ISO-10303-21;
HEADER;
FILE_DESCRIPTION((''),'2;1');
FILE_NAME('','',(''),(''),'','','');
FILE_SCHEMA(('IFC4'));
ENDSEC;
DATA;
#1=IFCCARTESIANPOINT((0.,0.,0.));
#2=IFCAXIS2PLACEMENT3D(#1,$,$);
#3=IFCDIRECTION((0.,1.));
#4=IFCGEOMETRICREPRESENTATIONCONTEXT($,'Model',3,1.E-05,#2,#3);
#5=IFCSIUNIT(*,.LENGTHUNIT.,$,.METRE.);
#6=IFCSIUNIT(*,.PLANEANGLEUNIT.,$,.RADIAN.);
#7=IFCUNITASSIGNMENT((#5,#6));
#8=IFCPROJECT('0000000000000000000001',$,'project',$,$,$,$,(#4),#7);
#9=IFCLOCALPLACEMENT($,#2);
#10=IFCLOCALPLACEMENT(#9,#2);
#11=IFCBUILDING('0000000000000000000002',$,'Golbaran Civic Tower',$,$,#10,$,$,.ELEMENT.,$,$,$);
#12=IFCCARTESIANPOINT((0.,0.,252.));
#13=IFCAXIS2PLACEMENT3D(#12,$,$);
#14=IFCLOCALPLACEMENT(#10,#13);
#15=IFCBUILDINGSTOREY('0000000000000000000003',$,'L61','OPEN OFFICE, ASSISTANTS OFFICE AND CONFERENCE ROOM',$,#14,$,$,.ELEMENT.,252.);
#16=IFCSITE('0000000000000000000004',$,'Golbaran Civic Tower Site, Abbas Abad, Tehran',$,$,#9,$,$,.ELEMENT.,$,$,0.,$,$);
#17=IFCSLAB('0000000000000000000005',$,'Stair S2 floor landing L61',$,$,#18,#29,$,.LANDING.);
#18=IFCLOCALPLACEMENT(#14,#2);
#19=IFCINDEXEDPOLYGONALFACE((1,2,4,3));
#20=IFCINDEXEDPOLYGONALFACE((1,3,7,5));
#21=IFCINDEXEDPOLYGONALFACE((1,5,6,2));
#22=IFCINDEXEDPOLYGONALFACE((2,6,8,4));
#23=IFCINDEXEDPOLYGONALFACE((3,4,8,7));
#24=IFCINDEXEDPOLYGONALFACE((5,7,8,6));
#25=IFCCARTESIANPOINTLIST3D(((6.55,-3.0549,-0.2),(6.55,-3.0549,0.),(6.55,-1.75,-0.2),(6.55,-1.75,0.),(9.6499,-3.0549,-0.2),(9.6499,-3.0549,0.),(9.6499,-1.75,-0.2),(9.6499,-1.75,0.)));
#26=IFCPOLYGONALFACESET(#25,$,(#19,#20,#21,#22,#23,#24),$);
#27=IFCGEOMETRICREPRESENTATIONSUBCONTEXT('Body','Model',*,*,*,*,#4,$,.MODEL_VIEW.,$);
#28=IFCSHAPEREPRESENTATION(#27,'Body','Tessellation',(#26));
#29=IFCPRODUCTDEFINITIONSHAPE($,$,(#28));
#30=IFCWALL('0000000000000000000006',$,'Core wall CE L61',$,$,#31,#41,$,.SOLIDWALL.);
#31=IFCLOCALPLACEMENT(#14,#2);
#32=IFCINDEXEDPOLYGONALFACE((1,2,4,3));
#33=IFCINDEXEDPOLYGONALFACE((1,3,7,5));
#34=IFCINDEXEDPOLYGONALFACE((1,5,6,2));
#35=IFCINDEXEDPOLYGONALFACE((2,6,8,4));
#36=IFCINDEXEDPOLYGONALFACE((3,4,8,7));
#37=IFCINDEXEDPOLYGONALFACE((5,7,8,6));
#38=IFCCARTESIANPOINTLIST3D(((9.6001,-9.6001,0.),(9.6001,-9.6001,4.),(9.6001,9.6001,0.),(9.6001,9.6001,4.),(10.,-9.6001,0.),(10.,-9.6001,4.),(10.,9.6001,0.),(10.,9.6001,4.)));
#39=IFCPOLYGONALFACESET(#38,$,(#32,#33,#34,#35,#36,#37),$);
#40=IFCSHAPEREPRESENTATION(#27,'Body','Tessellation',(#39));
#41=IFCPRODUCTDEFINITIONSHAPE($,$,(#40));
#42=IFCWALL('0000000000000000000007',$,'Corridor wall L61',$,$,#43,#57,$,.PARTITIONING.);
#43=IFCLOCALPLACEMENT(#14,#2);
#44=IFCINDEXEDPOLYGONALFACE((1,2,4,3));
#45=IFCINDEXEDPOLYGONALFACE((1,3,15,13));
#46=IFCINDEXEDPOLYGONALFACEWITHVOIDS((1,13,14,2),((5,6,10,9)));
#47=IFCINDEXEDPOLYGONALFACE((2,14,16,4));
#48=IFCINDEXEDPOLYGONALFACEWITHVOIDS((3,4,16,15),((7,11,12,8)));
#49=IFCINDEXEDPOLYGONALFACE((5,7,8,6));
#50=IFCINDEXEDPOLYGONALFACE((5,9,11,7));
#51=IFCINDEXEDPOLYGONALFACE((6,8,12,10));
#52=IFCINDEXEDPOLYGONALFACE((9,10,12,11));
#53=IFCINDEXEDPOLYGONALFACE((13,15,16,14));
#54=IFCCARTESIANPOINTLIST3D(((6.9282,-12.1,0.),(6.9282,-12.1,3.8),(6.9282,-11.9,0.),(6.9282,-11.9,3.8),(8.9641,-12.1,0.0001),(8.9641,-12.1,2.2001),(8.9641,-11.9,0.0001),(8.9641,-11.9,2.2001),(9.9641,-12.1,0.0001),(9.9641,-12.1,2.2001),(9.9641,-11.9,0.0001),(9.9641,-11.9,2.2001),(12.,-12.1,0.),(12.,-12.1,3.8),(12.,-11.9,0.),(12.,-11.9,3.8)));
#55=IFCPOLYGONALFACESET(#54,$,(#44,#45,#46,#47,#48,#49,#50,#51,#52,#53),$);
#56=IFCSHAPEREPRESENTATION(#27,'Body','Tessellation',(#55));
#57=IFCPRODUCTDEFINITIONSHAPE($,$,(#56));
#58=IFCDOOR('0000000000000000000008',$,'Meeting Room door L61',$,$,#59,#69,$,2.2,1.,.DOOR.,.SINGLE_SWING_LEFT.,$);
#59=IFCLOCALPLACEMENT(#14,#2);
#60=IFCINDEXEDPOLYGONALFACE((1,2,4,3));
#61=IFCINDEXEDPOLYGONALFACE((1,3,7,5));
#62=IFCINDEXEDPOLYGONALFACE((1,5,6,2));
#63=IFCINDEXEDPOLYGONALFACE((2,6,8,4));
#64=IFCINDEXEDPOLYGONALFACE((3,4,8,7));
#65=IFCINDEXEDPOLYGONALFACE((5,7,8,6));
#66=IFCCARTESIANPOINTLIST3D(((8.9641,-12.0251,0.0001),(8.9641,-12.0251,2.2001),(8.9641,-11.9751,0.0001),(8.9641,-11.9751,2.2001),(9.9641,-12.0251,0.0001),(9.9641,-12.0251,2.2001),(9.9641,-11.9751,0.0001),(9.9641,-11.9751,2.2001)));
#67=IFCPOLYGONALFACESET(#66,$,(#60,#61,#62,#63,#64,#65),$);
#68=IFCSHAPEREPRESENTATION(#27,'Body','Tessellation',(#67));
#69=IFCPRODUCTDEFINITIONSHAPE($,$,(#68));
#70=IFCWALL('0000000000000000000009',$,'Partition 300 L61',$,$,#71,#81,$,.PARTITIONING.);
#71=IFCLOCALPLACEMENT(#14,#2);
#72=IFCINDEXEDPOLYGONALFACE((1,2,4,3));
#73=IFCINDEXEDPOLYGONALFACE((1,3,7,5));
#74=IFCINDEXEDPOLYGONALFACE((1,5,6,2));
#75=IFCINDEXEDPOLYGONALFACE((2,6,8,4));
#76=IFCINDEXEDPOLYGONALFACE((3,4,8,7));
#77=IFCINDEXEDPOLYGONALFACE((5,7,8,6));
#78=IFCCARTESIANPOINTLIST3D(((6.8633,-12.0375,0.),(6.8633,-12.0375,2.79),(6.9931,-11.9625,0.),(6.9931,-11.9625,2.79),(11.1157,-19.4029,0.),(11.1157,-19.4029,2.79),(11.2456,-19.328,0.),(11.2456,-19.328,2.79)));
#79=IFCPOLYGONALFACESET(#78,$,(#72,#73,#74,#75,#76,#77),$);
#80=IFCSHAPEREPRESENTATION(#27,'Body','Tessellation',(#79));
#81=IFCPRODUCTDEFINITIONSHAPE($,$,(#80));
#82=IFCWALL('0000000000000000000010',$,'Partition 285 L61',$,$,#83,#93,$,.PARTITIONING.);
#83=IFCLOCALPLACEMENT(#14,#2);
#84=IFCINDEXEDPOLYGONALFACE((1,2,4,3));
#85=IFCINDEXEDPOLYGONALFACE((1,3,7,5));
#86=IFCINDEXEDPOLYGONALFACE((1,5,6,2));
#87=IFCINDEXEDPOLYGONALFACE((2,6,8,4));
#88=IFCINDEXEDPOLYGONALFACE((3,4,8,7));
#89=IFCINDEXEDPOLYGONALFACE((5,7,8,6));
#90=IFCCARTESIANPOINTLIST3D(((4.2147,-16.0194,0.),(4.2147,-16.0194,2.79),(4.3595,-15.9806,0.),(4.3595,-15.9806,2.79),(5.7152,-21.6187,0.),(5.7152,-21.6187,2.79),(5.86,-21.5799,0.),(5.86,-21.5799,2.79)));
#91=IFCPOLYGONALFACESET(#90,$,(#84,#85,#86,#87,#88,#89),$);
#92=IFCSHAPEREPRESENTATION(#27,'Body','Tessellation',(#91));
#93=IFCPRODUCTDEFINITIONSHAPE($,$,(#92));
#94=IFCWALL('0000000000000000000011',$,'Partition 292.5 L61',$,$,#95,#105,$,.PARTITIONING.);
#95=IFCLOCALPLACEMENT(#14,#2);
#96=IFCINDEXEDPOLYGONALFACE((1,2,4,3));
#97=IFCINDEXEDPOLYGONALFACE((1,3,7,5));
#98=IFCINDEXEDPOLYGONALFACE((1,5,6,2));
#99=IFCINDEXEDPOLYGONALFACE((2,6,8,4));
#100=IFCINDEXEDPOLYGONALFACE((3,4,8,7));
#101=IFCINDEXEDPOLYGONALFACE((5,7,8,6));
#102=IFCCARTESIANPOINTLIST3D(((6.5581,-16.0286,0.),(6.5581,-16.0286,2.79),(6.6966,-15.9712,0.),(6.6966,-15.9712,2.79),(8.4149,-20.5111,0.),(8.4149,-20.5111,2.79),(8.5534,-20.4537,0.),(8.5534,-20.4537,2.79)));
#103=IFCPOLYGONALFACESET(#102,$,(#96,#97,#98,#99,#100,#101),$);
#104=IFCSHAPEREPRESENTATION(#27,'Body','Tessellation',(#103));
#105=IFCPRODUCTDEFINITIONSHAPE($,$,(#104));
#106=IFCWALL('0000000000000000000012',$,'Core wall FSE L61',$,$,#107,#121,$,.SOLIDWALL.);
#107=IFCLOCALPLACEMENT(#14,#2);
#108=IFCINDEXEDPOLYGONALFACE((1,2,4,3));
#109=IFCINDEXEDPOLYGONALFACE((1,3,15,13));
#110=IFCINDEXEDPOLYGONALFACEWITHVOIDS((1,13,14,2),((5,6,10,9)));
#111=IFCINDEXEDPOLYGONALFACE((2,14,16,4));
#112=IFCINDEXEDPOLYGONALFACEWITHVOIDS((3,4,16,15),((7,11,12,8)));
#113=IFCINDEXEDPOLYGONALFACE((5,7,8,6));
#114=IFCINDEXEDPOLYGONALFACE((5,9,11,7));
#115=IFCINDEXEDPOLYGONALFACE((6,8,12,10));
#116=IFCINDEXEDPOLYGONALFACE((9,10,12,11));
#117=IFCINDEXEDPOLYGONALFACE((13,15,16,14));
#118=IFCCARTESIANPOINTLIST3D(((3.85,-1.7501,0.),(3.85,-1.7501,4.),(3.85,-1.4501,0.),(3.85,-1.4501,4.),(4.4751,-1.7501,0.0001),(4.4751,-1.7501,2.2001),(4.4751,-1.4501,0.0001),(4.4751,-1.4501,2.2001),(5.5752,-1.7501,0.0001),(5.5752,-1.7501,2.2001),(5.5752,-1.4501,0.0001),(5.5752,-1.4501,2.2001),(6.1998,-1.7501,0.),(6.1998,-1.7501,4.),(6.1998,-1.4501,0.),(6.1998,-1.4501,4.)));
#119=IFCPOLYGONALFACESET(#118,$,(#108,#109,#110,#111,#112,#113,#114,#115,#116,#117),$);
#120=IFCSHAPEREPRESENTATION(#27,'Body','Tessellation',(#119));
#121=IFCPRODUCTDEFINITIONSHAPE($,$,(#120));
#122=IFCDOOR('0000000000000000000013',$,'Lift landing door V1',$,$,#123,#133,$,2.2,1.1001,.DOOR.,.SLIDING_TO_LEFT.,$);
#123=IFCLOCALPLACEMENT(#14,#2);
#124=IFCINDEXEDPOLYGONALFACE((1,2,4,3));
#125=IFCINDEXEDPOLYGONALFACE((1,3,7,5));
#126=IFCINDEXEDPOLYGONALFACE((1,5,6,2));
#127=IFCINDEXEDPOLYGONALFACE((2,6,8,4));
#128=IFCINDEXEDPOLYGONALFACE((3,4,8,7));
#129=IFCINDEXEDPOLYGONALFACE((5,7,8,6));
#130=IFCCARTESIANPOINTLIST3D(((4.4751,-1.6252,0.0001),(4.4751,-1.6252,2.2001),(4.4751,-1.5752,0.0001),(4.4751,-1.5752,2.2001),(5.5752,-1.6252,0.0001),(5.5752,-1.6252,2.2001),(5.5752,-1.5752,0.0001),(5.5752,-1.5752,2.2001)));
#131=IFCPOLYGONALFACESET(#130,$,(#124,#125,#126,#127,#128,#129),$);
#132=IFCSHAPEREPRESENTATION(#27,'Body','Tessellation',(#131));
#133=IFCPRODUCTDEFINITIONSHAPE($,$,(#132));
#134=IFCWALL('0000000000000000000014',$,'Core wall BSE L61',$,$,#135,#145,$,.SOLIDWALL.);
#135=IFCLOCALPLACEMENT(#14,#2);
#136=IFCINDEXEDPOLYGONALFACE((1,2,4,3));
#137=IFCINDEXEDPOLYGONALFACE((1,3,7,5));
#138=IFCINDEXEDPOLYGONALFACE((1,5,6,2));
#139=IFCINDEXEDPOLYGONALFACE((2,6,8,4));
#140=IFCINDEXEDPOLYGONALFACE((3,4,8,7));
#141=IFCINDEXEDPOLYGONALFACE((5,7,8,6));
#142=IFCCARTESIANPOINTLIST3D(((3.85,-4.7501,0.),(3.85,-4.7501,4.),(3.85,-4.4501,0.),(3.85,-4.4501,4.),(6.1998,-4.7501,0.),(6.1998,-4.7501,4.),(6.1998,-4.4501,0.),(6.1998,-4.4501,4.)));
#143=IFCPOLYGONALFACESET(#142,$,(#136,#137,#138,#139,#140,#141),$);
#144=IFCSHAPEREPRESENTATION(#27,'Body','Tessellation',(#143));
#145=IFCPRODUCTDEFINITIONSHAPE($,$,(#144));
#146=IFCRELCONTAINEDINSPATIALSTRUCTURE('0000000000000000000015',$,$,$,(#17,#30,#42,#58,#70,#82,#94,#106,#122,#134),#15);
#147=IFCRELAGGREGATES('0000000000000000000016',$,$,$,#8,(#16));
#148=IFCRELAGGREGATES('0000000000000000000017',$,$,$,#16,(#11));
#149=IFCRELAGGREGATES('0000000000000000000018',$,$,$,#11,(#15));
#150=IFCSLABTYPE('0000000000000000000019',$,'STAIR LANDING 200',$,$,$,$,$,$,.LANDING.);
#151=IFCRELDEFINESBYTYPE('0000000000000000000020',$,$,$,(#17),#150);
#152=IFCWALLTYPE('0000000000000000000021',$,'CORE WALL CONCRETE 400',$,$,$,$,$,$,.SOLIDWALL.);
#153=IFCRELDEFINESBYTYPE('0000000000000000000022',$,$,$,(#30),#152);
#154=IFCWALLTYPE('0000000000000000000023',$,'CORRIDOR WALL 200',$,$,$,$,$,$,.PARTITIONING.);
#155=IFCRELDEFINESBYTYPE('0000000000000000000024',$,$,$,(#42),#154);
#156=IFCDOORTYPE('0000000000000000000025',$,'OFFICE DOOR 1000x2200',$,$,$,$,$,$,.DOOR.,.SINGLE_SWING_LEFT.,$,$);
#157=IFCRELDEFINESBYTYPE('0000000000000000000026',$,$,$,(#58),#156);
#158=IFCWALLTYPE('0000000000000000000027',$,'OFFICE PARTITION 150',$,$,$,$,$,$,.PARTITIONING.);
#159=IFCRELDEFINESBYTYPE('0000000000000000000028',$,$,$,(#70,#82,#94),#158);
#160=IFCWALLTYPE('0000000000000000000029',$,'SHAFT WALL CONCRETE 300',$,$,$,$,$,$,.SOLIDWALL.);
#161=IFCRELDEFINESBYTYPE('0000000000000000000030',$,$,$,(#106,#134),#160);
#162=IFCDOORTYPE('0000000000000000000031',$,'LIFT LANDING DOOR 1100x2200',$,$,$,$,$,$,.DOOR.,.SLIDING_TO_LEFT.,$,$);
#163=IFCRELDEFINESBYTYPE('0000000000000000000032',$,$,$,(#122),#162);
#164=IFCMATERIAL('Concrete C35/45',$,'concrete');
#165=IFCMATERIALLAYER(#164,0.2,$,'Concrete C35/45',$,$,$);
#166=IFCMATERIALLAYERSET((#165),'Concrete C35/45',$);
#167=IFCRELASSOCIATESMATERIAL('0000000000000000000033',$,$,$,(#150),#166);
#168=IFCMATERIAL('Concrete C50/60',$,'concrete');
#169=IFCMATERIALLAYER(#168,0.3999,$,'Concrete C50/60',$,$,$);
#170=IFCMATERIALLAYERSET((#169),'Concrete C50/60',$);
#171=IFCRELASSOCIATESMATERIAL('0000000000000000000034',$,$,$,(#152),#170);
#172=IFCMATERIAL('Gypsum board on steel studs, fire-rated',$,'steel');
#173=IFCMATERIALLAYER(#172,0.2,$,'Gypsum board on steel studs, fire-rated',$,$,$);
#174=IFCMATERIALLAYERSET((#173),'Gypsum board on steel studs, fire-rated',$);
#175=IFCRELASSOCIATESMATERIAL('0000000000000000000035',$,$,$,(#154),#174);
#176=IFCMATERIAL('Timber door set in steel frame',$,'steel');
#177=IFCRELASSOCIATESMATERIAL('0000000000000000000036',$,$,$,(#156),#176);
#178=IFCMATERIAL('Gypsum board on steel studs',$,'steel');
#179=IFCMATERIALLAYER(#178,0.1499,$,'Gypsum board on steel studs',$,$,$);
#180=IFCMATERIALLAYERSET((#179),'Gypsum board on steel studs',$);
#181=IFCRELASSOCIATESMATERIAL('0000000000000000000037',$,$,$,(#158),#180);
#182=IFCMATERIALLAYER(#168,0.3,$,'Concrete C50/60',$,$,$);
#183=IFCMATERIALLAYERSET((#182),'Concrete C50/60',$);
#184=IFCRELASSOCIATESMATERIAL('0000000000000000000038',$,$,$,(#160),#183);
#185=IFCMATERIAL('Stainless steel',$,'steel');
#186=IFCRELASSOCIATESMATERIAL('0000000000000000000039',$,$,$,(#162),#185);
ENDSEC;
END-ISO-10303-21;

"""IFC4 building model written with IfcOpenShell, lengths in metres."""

from ifc_helpers import new_model, si_unit, direction, frame, frame_2d, origin, place, context, subcontext, project, spatial, polyline, rectangle, outline, extrude, material, layer, layer_set, type_object, element, fill, save


model = new_model("IFC4")

# Units and contexts
model_context = context("Model", 3, precision=1e-05, world=origin(), true_north=direction((0.0, 1.0)))
body_context = subcontext(model_context, "Body", "Model", "MODEL_VIEW")
ifc_project = project(units=[si_unit("LENGTHUNIT", "METRE"), si_unit("PLANEANGLEUNIT", "RADIAN")], contexts=[model_context])

# Site, building, storey
site_placement = place(None, origin())
site = spatial("IfcSite", under=ifc_project, at=site_placement, Name="Golbaran Civic Tower Site, Abbas Abad, Tehran", CompositionType="ELEMENT", RefElevation=0.0)
building_placement = place(site_placement, origin())
building = spatial("IfcBuilding", under=site, at=building_placement, Name="Golbaran Civic Tower", CompositionType="ELEMENT")
storey_placement = place(building_placement, frame((0.0, 0.0, 252.0)))
storey = spatial("IfcBuildingStorey", under=building, at=storey_placement, Name="L61", Description="OPEN OFFICE, ASSISTANTS OFFICE AND CONFERENCE ROOM", CompositionType="ELEMENT", Elevation=252.0)

# Slab
ifc_material_1 = material(Name="Concrete C35/45", Category="concrete")
ifc_layer_1 = layer(ifc_material_1, 0.2, Name="Concrete C35/45")
ifc_layer_set_1 = layer_set([ifc_layer_1], Name="Concrete C35/45")
slab_type = type_object("IfcSlabType", Name="STAIR LANDING 200", PredefinedType="LANDING", material=ifc_layer_set_1)
slab_placement = place(storey_placement, frame((0.0, 0.0, -0.2)))
element("IfcSlab", 1, at=slab_placement, inside=storey, type_object=slab_type, Name="Stair S2 floor landing L61", PredefinedType="LANDING", context=body_context, shape_type="SweptSolid", body=[
    extrude(outline(polyline([(9.6499, -1.75), (9.6499, -3.0549), (6.55, -3.0549), (6.55, -1.75), (9.6499, -1.75)])), origin(), (0.0, 0.0, 1.0), 0.2),
])

# Wall
ifc_material_2 = material(Name="Concrete C50/60", Category="concrete")
ifc_layer_2 = layer(ifc_material_2, 0.3999, Name="Concrete C50/60")
ifc_layer_set_2 = layer_set([ifc_layer_2], Name="Concrete C50/60")
wall_type_1 = type_object("IfcWallType", Name="CORE WALL CONCRETE 400", PredefinedType="SOLIDWALL", material=ifc_layer_set_2)
wall_1_placement = place(storey_placement, frame((9.8, -9.6001, 0.0), z_axis=(0.0, 0.0, 1.0), x_axis=(0.0, 1.0, 0.0)))
element("IfcWall", 2, at=wall_1_placement, inside=storey, type_object=wall_type_1, Name="Core wall CE L61", PredefinedType="SOLIDWALL", context=body_context, shape_type="SweptSolid", body=[
    extrude(rectangle(XDim=19.2002, YDim=0.3999, at=frame_2d((9.6001, 0.0))), origin(), (0.0, 0.0, 1.0), 4.0),
])

# Wall, opening, door
ifc_material_3 = material(Name="Gypsum board on steel studs, fire-rated", Category="steel")
ifc_layer_3 = layer(ifc_material_3, 0.2, Name="Gypsum board on steel studs, fire-rated")
ifc_layer_set_3 = layer_set([ifc_layer_3], Name="Gypsum board on steel studs, fire-rated")
wall_type_2 = type_object("IfcWallType", Name="CORRIDOR WALL 200", PredefinedType="PARTITIONING", material=ifc_layer_set_3)
wall_2_placement = place(storey_placement, frame((6.9282, -12.0, 0.0), z_axis=(0.0, 0.0, 1.0), x_axis=(1.0, 0.0, 0.0)))
wall_2 = element("IfcWall", 3, at=wall_2_placement, inside=storey, type_object=wall_type_2, Name="Corridor wall L61", PredefinedType="PARTITIONING", context=body_context, shape_type="SweptSolid", body=[
    extrude(rectangle(XDim=5.0718, YDim=0.2, at=frame_2d((2.5359, 0.0))), origin(), (0.0, 0.0, 1.0), 3.8),
])
opening_1_placement = place(wall_2_placement, frame((2.0359, 0.0, 0.0)))
opening_1 = element("IfcOpeningElement", 4, at=opening_1_placement, cuts=wall_2, PredefinedType="OPENING", context=body_context, shape_type="SweptSolid", body=[
    extrude(rectangle(XDim=1.0, YDim=2.2, at=frame_2d((0.5, 1.1001))), frame((0.0, 0.1099, 0.0), z_axis=(0.0, -1.0, 0.0), x_axis=(1.0, 0.0, 0.0)), (0.0, 0.0, 1.0), 0.22),
])
ifc_material_4 = material(Name="Timber door set in steel frame", Category="steel")
door_type_1 = type_object("IfcDoorType", Name="OFFICE DOOR 1000x2200", OperationType="SINGLE_SWING_LEFT", PredefinedType="DOOR", material=ifc_material_4)
door_1_placement = place(opening_1_placement, origin())
door_1 = element("IfcDoor", 5, at=door_1_placement, inside=storey, type_object=door_type_1, Name="Meeting Room door L61", OperationType="SINGLE_SWING_LEFT", OverallHeight=2.2, OverallWidth=1.0, PredefinedType="DOOR", context=body_context, shape_type="SweptSolid", body=[
    extrude(rectangle(XDim=1.0, YDim=2.2, at=frame_2d((0.5, 1.1001))), frame((0.0, 0.0249, 0.0), z_axis=(0.0, -1.0, 0.0), x_axis=(1.0, 0.0, 0.0)), (0.0, 0.0, 1.0), 0.05),
])
fill(opening_1, door_1)

# Walls
ifc_material_5 = material(Name="Gypsum board on steel studs", Category="steel")
ifc_layer_4 = layer(ifc_material_5, 0.1499, Name="Gypsum board on steel studs")
ifc_layer_set_4 = layer_set([ifc_layer_4], Name="Gypsum board on steel studs")
wall_type_3 = type_object("IfcWallType", Name="OFFICE PARTITION 150", PredefinedType="PARTITIONING", material=ifc_layer_set_4)
wall_3_placement = place(storey_placement, frame((6.9282, -12.0, 0.0), z_axis=(0.0, 0.0, 1.0), x_axis=(0.499998, -0.866026, 0.0)))
element("IfcWall", 6, at=wall_3_placement, inside=storey, type_object=wall_type_3, Name="Partition 300 L61", PredefinedType="PARTITIONING", context=body_context, shape_type="SweptSolid", body=[
    extrude(rectangle(XDim=8.5049, YDim=0.1499, at=frame_2d((4.2524, 0.0))), origin(), (0.0, 0.0, 1.0), 2.79),
])
wall_4_placement = place(storey_placement, frame((4.2871, -16.0, 0.0), z_axis=(0.0, 0.0, 1.0), x_axis=(0.258842, -0.96592, 0.0)))
element("IfcWall", 7, at=wall_4_placement, inside=storey, type_object=wall_type_3, Name="Partition 285 L61", PredefinedType="PARTITIONING", context=body_context, shape_type="SweptSolid", body=[
    extrude(rectangle(XDim=5.7969, YDim=0.1499, at=frame_2d((2.8984, 0.0))), origin(), (0.0, 0.0, 1.0), 2.79),
])
wall_5_placement = place(storey_placement, frame((6.6274, -16.0, 0.0), z_axis=(0.0, 0.0, 1.0), x_axis=(0.382685, -0.923879, 0.0)))
element("IfcWall", 8, at=wall_5_placement, inside=storey, type_object=wall_type_3, Name="Partition 292.5 L61", PredefinedType="PARTITIONING", context=body_context, shape_type="SweptSolid", body=[
    extrude(rectangle(XDim=4.8518, YDim=0.1499, at=frame_2d((2.4258, 0.0))), origin(), (0.0, 0.0, 1.0), 2.79),
])

# Wall, opening, door
ifc_layer_5 = layer(ifc_material_2, 0.3, Name="Concrete C50/60")
ifc_layer_set_5 = layer_set([ifc_layer_5], Name="Concrete C50/60")
wall_type_4 = type_object("IfcWallType", Name="SHAFT WALL CONCRETE 300", PredefinedType="SOLIDWALL", material=ifc_layer_set_5)
wall_6_placement = place(storey_placement, frame((3.8501, -1.6001, 0.0), z_axis=(0.0, 0.0, 1.0), x_axis=(1.0, 0.0, 0.0)))
wall_6 = element("IfcWall", 9, at=wall_6_placement, inside=storey, type_object=wall_type_4, Name="Core wall FSE L61", PredefinedType="SOLIDWALL", context=body_context, shape_type="SweptSolid", body=[
    extrude(rectangle(XDim=2.3499, YDim=0.3, at=frame_2d((1.1748, 0.0))), origin(), (0.0, 0.0, 1.0), 4.0),
])
opening_2_placement = place(wall_6_placement, frame((0.625, 0.0, 0.0)))
opening_2 = element("IfcOpeningElement", 10, at=opening_2_placement, cuts=wall_6, PredefinedType="OPENING", context=body_context, shape_type="SweptSolid", body=[
    extrude(rectangle(XDim=1.1001, YDim=2.2, at=frame_2d((0.55, 1.1001))), frame((0.0, 0.1599, 0.0), z_axis=(0.0, -1.0, 0.0), x_axis=(1.0, 0.0, 0.0)), (0.0, 0.0, 1.0), 0.3201),
])
ifc_material_6 = material(Name="Stainless steel", Category="steel")
door_type_2 = type_object("IfcDoorType", Name="LIFT LANDING DOOR 1100x2200", OperationType="SLIDING_TO_LEFT", PredefinedType="DOOR", material=ifc_material_6)
door_2_placement = place(opening_2_placement, origin())
door_2 = element("IfcDoor", 11, at=door_2_placement, inside=storey, type_object=door_type_2, Name="Lift landing door V1", OperationType="SLIDING_TO_LEFT", OverallHeight=2.2, OverallWidth=1.1001, PredefinedType="DOOR", context=body_context, shape_type="SweptSolid", body=[
    extrude(rectangle(XDim=1.1001, YDim=2.2, at=frame_2d((0.55, 1.1001))), frame((0.0, 0.0249, 0.0), z_axis=(0.0, -1.0, 0.0), x_axis=(1.0, 0.0, 0.0)), (0.0, 0.0, 1.0), 0.05),
])
fill(opening_2, door_2)

# Wall
wall_7_placement = place(storey_placement, frame((3.8501, -4.6001, 0.0), z_axis=(0.0, 0.0, 1.0), x_axis=(1.0, 0.0, 0.0)))
element("IfcWall", 12, at=wall_7_placement, inside=storey, type_object=wall_type_4, Name="Core wall BSE L61", PredefinedType="SOLIDWALL", context=body_context, shape_type="SweptSolid", body=[
    extrude(rectangle(XDim=2.3499, YDim=0.3, at=frame_2d((1.1748, 0.0))), origin(), (0.0, 0.0, 1.0), 4.0),
])

save(model, "model.ifc")
